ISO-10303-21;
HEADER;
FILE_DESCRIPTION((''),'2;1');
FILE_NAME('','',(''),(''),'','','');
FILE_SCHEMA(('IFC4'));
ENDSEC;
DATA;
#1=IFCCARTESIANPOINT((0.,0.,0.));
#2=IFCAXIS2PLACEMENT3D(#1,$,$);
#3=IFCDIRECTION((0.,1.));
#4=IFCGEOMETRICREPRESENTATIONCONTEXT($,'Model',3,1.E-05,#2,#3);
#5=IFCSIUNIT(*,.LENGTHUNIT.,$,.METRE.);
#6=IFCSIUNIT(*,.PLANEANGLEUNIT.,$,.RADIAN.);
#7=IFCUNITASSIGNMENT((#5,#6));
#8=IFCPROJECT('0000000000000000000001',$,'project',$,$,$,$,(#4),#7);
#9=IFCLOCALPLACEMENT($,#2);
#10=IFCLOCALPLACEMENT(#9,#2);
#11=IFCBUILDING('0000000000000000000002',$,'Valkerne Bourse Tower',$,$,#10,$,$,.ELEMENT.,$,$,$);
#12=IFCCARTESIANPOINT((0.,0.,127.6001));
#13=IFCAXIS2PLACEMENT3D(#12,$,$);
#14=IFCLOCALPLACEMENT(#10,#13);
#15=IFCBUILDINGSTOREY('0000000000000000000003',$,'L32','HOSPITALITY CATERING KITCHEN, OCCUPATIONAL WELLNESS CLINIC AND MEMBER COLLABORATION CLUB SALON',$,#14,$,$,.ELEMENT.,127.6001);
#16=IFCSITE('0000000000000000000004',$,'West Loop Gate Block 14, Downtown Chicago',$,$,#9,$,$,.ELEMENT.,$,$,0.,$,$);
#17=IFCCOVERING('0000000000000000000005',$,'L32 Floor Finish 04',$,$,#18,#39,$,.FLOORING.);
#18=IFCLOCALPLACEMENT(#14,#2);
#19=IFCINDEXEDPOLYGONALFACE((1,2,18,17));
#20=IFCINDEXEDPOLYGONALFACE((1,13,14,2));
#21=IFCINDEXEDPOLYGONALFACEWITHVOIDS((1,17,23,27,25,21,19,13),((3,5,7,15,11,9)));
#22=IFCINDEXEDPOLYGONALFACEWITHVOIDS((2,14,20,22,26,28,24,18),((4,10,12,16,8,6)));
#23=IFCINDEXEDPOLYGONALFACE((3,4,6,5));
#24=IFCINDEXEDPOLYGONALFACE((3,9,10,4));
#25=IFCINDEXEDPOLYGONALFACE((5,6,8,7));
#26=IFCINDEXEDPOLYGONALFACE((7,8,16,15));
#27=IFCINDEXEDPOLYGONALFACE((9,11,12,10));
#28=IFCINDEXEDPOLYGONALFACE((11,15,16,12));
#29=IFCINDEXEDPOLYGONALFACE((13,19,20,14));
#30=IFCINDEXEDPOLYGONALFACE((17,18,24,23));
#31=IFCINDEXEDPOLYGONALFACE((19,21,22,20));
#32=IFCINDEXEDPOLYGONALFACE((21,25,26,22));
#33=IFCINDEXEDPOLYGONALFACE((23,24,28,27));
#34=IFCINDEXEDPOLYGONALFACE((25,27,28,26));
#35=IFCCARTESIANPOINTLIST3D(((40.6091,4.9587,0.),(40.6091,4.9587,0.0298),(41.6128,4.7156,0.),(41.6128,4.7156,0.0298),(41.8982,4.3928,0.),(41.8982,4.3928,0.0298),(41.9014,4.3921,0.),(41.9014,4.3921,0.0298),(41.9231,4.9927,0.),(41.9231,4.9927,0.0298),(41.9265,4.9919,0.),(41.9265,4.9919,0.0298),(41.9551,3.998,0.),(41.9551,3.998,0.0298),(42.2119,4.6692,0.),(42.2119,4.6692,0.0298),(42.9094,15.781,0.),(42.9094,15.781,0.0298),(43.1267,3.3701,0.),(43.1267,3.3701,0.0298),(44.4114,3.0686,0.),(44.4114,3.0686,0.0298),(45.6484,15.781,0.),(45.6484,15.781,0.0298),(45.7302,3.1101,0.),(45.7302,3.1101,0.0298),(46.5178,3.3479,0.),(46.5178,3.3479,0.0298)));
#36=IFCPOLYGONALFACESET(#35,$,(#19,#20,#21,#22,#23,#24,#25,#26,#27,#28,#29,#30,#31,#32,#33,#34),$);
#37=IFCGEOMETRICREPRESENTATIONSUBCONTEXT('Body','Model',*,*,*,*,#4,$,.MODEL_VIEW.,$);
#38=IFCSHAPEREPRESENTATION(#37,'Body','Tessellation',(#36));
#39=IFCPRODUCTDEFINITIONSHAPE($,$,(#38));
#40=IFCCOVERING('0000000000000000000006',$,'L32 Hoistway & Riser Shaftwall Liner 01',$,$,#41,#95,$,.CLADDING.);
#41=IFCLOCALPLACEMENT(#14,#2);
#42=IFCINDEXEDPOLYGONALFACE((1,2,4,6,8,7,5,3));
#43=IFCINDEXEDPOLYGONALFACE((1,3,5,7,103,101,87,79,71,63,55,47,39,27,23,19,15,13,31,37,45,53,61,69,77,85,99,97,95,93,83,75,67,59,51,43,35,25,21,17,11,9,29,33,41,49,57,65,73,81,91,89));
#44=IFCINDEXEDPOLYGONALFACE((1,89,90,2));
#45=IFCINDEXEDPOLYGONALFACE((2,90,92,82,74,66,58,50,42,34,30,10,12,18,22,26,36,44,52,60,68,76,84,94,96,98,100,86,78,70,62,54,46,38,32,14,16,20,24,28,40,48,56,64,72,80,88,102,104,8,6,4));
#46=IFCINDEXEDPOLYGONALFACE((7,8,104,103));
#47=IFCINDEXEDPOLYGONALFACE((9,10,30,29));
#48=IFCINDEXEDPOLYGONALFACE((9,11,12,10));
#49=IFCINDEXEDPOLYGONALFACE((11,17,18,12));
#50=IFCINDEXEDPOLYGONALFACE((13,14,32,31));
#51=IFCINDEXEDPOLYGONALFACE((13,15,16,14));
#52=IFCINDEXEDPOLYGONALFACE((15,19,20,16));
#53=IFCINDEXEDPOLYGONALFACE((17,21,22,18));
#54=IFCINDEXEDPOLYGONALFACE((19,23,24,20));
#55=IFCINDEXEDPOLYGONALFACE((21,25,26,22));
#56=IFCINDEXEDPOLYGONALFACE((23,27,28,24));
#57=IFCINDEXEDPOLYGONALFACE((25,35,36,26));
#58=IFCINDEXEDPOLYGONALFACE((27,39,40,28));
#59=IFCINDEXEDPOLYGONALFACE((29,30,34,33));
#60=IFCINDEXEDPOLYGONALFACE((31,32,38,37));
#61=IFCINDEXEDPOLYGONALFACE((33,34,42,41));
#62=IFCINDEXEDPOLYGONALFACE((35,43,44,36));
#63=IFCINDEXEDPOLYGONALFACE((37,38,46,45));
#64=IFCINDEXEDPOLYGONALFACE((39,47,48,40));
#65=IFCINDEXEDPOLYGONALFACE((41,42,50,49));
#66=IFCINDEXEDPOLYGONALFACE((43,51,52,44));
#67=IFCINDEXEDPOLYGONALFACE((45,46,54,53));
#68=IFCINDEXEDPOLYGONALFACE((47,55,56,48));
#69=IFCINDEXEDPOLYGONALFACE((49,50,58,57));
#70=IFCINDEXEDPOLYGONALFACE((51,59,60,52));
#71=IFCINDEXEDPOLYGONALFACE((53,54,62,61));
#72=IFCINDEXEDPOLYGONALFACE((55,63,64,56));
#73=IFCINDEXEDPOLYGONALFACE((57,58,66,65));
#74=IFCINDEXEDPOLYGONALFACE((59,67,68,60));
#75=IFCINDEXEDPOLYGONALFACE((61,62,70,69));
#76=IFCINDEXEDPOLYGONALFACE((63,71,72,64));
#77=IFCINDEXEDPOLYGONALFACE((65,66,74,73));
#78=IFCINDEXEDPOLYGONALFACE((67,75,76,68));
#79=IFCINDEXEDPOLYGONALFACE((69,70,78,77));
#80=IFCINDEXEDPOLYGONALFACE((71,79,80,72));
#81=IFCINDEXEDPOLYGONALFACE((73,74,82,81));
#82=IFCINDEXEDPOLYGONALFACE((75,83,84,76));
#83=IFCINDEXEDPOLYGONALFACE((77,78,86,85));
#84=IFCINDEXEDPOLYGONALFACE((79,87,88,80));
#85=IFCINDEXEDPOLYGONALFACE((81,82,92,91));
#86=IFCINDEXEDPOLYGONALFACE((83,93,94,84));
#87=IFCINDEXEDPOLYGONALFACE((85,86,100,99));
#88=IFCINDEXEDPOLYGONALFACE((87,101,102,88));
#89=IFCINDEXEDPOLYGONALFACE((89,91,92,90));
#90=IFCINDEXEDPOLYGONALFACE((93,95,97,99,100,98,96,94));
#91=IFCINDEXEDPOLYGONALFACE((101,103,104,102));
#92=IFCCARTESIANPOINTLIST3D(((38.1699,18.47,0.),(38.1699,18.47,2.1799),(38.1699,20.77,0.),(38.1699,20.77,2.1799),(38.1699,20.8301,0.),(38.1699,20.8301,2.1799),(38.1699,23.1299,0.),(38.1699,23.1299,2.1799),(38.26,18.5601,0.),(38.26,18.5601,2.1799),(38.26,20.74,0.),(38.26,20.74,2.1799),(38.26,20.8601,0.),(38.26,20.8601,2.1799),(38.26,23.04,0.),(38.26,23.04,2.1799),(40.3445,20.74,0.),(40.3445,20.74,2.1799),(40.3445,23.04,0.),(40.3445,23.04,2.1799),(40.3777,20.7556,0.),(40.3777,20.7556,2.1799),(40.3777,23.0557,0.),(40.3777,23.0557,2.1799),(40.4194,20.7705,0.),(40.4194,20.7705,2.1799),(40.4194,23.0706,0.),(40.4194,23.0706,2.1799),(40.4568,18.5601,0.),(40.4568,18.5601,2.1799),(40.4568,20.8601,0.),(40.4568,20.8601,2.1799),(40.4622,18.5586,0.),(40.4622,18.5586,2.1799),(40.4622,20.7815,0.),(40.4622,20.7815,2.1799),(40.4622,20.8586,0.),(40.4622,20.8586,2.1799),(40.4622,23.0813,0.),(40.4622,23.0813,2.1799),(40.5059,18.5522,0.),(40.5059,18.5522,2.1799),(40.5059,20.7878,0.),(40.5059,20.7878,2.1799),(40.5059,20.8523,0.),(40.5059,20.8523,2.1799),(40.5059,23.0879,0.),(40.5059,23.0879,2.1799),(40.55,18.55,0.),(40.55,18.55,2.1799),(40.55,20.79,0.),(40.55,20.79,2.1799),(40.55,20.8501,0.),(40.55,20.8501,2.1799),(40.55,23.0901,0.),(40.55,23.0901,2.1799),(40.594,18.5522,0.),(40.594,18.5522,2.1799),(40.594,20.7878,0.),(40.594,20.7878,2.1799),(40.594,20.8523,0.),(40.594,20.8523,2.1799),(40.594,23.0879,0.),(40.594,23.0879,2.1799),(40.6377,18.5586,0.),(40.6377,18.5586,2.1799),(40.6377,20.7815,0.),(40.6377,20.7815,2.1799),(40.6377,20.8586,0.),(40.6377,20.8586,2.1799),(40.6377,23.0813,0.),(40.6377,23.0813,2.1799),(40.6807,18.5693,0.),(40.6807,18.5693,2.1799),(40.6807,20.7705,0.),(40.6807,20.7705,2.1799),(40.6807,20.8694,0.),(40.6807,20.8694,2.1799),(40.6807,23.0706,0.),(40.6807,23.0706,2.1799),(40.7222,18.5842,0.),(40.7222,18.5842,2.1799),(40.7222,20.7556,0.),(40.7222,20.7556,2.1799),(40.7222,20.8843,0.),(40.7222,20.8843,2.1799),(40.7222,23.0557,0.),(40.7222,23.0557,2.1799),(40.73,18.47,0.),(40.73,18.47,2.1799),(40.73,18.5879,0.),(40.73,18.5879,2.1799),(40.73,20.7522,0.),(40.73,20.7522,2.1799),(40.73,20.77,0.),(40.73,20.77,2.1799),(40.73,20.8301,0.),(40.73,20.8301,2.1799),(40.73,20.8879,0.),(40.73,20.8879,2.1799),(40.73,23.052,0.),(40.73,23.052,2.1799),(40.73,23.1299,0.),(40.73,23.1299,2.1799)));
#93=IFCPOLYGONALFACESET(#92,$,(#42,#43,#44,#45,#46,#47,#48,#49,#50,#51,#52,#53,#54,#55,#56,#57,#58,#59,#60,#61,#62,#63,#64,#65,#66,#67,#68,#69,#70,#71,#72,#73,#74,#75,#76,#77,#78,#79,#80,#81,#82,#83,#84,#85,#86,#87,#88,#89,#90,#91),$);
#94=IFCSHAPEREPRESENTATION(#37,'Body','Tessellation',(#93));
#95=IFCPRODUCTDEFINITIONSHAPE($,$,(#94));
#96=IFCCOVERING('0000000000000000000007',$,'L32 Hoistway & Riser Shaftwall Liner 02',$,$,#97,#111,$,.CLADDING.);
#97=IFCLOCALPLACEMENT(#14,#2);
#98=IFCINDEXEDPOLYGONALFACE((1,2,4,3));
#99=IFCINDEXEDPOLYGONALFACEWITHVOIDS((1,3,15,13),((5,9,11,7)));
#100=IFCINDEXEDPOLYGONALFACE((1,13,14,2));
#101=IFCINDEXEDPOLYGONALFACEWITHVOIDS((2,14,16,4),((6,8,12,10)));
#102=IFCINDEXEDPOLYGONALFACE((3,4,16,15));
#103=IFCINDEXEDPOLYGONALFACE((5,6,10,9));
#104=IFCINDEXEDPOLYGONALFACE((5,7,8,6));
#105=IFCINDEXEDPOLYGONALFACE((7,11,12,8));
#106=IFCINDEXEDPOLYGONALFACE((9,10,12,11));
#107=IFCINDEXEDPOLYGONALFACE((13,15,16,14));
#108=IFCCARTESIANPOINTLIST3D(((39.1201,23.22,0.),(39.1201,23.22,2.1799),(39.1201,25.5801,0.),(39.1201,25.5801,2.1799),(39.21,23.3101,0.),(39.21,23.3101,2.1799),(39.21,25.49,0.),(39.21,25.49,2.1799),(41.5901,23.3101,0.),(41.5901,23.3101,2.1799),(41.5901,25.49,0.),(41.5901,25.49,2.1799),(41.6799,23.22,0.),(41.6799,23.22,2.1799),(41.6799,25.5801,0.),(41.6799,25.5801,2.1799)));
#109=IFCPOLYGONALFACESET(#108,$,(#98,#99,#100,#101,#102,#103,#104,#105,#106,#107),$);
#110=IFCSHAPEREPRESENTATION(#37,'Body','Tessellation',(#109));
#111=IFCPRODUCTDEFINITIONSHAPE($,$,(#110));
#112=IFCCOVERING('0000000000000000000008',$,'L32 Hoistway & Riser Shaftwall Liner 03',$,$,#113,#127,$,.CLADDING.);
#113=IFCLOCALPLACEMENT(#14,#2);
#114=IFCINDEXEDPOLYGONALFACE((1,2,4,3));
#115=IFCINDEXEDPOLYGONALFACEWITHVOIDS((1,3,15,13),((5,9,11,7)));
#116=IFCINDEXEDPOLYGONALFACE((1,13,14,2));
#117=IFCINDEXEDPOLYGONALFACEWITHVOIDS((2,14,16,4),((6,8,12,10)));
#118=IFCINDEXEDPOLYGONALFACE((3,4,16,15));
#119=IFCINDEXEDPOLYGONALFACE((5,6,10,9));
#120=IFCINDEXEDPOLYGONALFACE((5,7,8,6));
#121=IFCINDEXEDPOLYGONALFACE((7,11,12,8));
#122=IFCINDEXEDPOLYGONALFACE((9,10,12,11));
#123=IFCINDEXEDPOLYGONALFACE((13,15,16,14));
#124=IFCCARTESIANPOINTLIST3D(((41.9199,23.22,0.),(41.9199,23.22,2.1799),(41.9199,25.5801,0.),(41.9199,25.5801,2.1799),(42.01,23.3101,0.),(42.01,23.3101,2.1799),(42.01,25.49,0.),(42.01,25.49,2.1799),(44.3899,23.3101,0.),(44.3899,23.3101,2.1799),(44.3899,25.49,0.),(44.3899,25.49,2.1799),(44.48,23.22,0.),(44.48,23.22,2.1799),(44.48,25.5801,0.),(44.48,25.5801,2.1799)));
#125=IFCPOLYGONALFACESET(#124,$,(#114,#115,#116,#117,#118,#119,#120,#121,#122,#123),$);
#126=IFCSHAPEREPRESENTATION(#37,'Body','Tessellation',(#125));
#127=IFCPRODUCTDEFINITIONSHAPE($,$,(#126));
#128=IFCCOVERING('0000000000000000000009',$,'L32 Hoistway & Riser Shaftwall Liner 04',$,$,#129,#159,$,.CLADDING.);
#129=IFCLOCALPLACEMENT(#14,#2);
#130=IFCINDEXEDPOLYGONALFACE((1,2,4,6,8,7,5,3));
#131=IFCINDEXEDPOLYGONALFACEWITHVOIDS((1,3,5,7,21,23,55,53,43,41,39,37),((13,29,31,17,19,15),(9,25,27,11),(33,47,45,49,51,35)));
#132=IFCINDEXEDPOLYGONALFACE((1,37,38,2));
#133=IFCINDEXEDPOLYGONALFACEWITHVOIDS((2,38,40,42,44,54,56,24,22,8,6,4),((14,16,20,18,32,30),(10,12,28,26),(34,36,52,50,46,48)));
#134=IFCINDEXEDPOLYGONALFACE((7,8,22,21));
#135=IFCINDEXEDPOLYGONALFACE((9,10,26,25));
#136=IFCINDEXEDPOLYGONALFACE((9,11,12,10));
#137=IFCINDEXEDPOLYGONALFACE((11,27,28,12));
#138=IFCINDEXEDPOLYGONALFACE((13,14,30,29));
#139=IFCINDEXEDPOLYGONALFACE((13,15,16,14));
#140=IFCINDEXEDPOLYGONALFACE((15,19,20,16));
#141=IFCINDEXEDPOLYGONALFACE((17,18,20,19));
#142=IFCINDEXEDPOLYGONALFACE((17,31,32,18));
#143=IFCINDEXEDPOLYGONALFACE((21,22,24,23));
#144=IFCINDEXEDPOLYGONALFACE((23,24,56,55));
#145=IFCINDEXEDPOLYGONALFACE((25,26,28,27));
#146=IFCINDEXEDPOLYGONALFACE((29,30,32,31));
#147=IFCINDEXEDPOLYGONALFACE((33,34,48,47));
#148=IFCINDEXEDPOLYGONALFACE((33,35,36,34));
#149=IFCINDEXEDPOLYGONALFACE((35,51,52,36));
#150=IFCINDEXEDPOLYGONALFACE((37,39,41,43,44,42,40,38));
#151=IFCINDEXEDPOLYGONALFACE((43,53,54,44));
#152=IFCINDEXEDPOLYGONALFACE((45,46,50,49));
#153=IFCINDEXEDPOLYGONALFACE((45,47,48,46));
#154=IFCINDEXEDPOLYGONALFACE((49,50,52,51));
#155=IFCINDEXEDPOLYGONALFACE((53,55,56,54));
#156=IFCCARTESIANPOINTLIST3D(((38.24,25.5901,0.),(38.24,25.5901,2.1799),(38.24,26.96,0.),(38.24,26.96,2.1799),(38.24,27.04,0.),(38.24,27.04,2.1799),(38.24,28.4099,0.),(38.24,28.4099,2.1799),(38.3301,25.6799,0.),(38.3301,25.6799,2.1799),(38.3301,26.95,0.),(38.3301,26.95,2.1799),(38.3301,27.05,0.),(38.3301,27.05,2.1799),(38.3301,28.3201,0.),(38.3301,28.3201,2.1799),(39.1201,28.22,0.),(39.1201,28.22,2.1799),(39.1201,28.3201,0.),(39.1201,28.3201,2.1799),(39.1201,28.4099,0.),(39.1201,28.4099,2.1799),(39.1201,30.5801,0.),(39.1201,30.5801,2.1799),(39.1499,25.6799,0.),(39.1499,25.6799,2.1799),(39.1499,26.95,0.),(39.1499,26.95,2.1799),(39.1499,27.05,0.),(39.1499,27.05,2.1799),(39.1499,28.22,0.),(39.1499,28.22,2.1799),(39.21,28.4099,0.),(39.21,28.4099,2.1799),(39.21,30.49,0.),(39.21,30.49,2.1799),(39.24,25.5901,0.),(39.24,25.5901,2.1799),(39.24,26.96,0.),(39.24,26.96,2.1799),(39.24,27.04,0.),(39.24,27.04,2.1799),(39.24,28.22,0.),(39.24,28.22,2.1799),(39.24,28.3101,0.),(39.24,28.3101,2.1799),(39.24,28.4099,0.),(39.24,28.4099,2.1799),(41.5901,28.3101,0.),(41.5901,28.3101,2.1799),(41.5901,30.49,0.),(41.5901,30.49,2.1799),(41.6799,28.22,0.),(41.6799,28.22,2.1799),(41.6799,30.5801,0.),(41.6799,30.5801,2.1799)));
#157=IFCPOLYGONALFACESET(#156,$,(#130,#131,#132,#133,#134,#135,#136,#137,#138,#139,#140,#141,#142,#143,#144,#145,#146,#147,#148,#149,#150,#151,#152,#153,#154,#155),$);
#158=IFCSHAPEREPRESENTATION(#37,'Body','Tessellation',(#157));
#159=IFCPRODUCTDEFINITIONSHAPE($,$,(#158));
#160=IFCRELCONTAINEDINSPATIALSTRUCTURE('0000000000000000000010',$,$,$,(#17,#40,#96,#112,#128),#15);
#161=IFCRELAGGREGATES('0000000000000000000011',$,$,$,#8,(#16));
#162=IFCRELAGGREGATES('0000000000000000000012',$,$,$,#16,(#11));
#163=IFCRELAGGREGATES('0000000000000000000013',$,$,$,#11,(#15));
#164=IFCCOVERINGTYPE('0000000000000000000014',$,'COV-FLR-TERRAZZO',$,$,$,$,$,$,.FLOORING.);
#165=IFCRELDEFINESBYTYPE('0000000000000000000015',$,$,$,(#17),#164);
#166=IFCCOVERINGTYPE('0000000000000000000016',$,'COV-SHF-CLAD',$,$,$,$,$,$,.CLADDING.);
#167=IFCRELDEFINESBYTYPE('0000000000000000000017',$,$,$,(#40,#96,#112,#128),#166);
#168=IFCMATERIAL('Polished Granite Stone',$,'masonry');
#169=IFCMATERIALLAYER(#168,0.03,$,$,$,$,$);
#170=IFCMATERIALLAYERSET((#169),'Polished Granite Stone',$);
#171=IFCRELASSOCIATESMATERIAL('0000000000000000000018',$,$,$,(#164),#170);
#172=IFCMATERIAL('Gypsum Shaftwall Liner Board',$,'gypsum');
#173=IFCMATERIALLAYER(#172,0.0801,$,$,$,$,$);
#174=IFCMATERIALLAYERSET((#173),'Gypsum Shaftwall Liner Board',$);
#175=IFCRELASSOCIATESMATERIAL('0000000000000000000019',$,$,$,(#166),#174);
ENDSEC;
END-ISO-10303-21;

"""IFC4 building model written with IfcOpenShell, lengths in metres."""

from ifc_helpers import new_model, si_unit, direction, frame, origin, place, context, subcontext, project, spatial, polyline, outline, extrude, material, layer, layer_set, type_object, element, save


model = new_model("IFC4")

# Units and contexts
model_context = context("Model", 3, precision=1e-05, world=origin(), true_north=direction((0.0, 1.0)))
body_context = subcontext(model_context, "Body", "Model", "MODEL_VIEW")
ifc_project = project(units=[si_unit("LENGTHUNIT", "METRE"), si_unit("PLANEANGLEUNIT", "RADIAN")], contexts=[model_context])

# Site, building, storey
site_placement = place(None, origin())
site = spatial("IfcSite", under=ifc_project, at=site_placement, Name="West Loop Gate Block 14, Downtown Chicago", CompositionType="ELEMENT", RefElevation=0.0)
building_placement = place(site_placement, origin())
building = spatial("IfcBuilding", under=site, at=building_placement, Name="Valkerne Bourse Tower", CompositionType="ELEMENT")
storey_placement = place(building_placement, frame((0.0, 0.0, 127.6001)))
storey = spatial("IfcBuildingStorey", under=building, at=storey_placement, Name="L32", Description="HOSPITALITY CATERING KITCHEN, OCCUPATIONAL WELLNESS CLINIC AND MEMBER COLLABORATION CLUB SALON", CompositionType="ELEMENT", Elevation=127.6001)

# Coverings
ifc_material_1 = material(Name="Polished Granite Stone", Category="masonry")
ifc_layer_1 = layer(ifc_material_1, 0.03)
ifc_layer_set_1 = layer_set([ifc_layer_1], Name="Polished Granite Stone")
covering_type_1 = type_object("IfcCoveringType", Name="COV-FLR-TERRAZZO", PredefinedType="FLOORING", material=ifc_layer_set_1)
covering_1_placement = place(storey_placement, origin())
element("IfcCovering", 1, at=covering_1_placement, inside=storey, type_object=covering_type_1, Name="L32 Floor Finish 04", PredefinedType="FLOORING", context=body_context, shape_type="SweptSolid", body=[
    extrude(outline(polyline([(43.1267, 3.3701), (41.9551, 3.998), (40.6091, 4.9587), (42.9094, 15.781), (45.6484, 15.781), (46.5178, 3.3479), (45.7302, 3.1101), (44.4114, 3.0686), (43.1267, 3.3701)]), holes=[polyline([(41.9265, 4.9919), (41.9231, 4.9927), (41.6128, 4.7156), (41.8982, 4.3928), (41.9014, 4.3921), (42.2119, 4.6692), (41.9265, 4.9919)])]), origin(), (0.0, 0.0, 1.0), 0.0298),
])
ifc_material_2 = material(Name="Gypsum Shaftwall Liner Board", Category="gypsum")
ifc_layer_2 = layer(ifc_material_2, 0.0801)
ifc_layer_set_2 = layer_set([ifc_layer_2], Name="Gypsum Shaftwall Liner Board")
covering_type_2 = type_object("IfcCoveringType", Name="COV-SHF-CLAD", PredefinedType="CLADDING", material=ifc_layer_set_2)
covering_2_placement = place(storey_placement, origin())
element("IfcCovering", 2, at=covering_2_placement, inside=storey, type_object=covering_type_2, Name="L32 Hoistway & Riser Shaftwall Liner 01", PredefinedType="CLADDING", context=body_context, shape_type="SweptSolid", body=[
    extrude(outline(polyline([(38.1699, 23.1299), (40.73, 23.1299), (40.73, 23.052), (40.7222, 23.0557), (40.6807, 23.0706), (40.6377, 23.0813), (40.594, 23.0879), (40.55, 23.0901), (40.5059, 23.0879), (40.4622, 23.0813), (40.4194, 23.0706), (40.3777, 23.0557), (40.3445, 23.04), (38.26, 23.04), (38.26, 20.8601), (40.4568, 20.8601), (40.4622, 20.8586), (40.5059, 20.8523), (40.55, 20.8501), (40.594, 20.8523), (40.6377, 20.8586), (40.6807, 20.8694), (40.7222, 20.8843), (40.73, 20.8879), (40.73, 20.8301), (40.73, 20.77), (40.73, 20.7522), (40.7222, 20.7556), (40.6807, 20.7705), (40.6377, 20.7815), (40.594, 20.7878), (40.55, 20.79), (40.5059, 20.7878), (40.4622, 20.7815), (40.4194, 20.7705), (40.3777, 20.7556), (40.3445, 20.74), (38.26, 20.74), (38.26, 18.5601), (40.4568, 18.5601), (40.4622, 18.5586), (40.5059, 18.5522), (40.55, 18.55), (40.594, 18.5522), (40.6377, 18.5586), (40.6807, 18.5693), (40.7222, 18.5842), (40.73, 18.5879), (40.73, 18.47), (38.1699, 18.47), (38.1699, 20.77), (38.1699, 20.8301), (38.1699, 23.1299)])), origin(), (0.0, 0.0, 1.0), 2.1799),
])
covering_3_placement = place(storey_placement, origin())
element("IfcCovering", 3, at=covering_3_placement, inside=storey, type_object=covering_type_2, Name="L32 Hoistway & Riser Shaftwall Liner 02", PredefinedType="CLADDING", context=body_context, shape_type="SweptSolid", body=[
    extrude(outline(polyline([(41.6799, 23.22), (39.1201, 23.22), (39.1201, 25.5801), (41.6799, 25.5801), (41.6799, 23.22)]), holes=[polyline([(39.21, 25.49), (39.21, 23.3101), (41.5901, 23.3101), (41.5901, 25.49), (39.21, 25.49)])]), origin(), (0.0, 0.0, 1.0), 2.1799),
])
covering_4_placement = place(storey_placement, origin())
element("IfcCovering", 4, at=covering_4_placement, inside=storey, type_object=covering_type_2, Name="L32 Hoistway & Riser Shaftwall Liner 03", PredefinedType="CLADDING", context=body_context, shape_type="SweptSolid", body=[
    extrude(outline(polyline([(44.48, 23.22), (41.9199, 23.22), (41.9199, 25.5801), (44.48, 25.5801), (44.48, 23.22)]), holes=[polyline([(42.01, 25.49), (42.01, 23.3101), (44.3899, 23.3101), (44.3899, 25.49), (42.01, 25.49)])]), origin(), (0.0, 0.0, 1.0), 2.1799),
])
covering_5_placement = place(storey_placement, origin())
element("IfcCovering", 5, at=covering_5_placement, inside=storey, type_object=covering_type_2, Name="L32 Hoistway & Riser Shaftwall Liner 04", PredefinedType="CLADDING", context=body_context, shape_type="SweptSolid", body=[
    extrude(outline(polyline([(38.24, 28.4099), (39.1201, 28.4099), (39.1201, 30.5801), (41.6799, 30.5801), (41.6799, 28.22), (39.24, 28.22), (39.24, 27.04), (39.24, 26.96), (39.24, 25.5901), (38.24, 25.5901), (38.24, 26.96), (38.24, 27.04), (38.24, 28.4099)]), holes=[polyline([(39.21, 30.49), (39.21, 28.4099), (39.24, 28.4099), (39.24, 28.3101), (41.5901, 28.3101), (41.5901, 30.49), (39.21, 30.49)]), polyline([(38.3301, 26.95), (38.3301, 25.6799), (39.1499, 25.6799), (39.1499, 26.95), (38.3301, 26.95)]), polyline([(39.1201, 28.22), (39.1201, 28.3201), (38.3301, 28.3201), (38.3301, 27.05), (39.1499, 27.05), (39.1499, 28.22), (39.1201, 28.22)])]), origin(), (0.0, 0.0, 1.0), 2.1799),
])

save(model, "model.ifc")
